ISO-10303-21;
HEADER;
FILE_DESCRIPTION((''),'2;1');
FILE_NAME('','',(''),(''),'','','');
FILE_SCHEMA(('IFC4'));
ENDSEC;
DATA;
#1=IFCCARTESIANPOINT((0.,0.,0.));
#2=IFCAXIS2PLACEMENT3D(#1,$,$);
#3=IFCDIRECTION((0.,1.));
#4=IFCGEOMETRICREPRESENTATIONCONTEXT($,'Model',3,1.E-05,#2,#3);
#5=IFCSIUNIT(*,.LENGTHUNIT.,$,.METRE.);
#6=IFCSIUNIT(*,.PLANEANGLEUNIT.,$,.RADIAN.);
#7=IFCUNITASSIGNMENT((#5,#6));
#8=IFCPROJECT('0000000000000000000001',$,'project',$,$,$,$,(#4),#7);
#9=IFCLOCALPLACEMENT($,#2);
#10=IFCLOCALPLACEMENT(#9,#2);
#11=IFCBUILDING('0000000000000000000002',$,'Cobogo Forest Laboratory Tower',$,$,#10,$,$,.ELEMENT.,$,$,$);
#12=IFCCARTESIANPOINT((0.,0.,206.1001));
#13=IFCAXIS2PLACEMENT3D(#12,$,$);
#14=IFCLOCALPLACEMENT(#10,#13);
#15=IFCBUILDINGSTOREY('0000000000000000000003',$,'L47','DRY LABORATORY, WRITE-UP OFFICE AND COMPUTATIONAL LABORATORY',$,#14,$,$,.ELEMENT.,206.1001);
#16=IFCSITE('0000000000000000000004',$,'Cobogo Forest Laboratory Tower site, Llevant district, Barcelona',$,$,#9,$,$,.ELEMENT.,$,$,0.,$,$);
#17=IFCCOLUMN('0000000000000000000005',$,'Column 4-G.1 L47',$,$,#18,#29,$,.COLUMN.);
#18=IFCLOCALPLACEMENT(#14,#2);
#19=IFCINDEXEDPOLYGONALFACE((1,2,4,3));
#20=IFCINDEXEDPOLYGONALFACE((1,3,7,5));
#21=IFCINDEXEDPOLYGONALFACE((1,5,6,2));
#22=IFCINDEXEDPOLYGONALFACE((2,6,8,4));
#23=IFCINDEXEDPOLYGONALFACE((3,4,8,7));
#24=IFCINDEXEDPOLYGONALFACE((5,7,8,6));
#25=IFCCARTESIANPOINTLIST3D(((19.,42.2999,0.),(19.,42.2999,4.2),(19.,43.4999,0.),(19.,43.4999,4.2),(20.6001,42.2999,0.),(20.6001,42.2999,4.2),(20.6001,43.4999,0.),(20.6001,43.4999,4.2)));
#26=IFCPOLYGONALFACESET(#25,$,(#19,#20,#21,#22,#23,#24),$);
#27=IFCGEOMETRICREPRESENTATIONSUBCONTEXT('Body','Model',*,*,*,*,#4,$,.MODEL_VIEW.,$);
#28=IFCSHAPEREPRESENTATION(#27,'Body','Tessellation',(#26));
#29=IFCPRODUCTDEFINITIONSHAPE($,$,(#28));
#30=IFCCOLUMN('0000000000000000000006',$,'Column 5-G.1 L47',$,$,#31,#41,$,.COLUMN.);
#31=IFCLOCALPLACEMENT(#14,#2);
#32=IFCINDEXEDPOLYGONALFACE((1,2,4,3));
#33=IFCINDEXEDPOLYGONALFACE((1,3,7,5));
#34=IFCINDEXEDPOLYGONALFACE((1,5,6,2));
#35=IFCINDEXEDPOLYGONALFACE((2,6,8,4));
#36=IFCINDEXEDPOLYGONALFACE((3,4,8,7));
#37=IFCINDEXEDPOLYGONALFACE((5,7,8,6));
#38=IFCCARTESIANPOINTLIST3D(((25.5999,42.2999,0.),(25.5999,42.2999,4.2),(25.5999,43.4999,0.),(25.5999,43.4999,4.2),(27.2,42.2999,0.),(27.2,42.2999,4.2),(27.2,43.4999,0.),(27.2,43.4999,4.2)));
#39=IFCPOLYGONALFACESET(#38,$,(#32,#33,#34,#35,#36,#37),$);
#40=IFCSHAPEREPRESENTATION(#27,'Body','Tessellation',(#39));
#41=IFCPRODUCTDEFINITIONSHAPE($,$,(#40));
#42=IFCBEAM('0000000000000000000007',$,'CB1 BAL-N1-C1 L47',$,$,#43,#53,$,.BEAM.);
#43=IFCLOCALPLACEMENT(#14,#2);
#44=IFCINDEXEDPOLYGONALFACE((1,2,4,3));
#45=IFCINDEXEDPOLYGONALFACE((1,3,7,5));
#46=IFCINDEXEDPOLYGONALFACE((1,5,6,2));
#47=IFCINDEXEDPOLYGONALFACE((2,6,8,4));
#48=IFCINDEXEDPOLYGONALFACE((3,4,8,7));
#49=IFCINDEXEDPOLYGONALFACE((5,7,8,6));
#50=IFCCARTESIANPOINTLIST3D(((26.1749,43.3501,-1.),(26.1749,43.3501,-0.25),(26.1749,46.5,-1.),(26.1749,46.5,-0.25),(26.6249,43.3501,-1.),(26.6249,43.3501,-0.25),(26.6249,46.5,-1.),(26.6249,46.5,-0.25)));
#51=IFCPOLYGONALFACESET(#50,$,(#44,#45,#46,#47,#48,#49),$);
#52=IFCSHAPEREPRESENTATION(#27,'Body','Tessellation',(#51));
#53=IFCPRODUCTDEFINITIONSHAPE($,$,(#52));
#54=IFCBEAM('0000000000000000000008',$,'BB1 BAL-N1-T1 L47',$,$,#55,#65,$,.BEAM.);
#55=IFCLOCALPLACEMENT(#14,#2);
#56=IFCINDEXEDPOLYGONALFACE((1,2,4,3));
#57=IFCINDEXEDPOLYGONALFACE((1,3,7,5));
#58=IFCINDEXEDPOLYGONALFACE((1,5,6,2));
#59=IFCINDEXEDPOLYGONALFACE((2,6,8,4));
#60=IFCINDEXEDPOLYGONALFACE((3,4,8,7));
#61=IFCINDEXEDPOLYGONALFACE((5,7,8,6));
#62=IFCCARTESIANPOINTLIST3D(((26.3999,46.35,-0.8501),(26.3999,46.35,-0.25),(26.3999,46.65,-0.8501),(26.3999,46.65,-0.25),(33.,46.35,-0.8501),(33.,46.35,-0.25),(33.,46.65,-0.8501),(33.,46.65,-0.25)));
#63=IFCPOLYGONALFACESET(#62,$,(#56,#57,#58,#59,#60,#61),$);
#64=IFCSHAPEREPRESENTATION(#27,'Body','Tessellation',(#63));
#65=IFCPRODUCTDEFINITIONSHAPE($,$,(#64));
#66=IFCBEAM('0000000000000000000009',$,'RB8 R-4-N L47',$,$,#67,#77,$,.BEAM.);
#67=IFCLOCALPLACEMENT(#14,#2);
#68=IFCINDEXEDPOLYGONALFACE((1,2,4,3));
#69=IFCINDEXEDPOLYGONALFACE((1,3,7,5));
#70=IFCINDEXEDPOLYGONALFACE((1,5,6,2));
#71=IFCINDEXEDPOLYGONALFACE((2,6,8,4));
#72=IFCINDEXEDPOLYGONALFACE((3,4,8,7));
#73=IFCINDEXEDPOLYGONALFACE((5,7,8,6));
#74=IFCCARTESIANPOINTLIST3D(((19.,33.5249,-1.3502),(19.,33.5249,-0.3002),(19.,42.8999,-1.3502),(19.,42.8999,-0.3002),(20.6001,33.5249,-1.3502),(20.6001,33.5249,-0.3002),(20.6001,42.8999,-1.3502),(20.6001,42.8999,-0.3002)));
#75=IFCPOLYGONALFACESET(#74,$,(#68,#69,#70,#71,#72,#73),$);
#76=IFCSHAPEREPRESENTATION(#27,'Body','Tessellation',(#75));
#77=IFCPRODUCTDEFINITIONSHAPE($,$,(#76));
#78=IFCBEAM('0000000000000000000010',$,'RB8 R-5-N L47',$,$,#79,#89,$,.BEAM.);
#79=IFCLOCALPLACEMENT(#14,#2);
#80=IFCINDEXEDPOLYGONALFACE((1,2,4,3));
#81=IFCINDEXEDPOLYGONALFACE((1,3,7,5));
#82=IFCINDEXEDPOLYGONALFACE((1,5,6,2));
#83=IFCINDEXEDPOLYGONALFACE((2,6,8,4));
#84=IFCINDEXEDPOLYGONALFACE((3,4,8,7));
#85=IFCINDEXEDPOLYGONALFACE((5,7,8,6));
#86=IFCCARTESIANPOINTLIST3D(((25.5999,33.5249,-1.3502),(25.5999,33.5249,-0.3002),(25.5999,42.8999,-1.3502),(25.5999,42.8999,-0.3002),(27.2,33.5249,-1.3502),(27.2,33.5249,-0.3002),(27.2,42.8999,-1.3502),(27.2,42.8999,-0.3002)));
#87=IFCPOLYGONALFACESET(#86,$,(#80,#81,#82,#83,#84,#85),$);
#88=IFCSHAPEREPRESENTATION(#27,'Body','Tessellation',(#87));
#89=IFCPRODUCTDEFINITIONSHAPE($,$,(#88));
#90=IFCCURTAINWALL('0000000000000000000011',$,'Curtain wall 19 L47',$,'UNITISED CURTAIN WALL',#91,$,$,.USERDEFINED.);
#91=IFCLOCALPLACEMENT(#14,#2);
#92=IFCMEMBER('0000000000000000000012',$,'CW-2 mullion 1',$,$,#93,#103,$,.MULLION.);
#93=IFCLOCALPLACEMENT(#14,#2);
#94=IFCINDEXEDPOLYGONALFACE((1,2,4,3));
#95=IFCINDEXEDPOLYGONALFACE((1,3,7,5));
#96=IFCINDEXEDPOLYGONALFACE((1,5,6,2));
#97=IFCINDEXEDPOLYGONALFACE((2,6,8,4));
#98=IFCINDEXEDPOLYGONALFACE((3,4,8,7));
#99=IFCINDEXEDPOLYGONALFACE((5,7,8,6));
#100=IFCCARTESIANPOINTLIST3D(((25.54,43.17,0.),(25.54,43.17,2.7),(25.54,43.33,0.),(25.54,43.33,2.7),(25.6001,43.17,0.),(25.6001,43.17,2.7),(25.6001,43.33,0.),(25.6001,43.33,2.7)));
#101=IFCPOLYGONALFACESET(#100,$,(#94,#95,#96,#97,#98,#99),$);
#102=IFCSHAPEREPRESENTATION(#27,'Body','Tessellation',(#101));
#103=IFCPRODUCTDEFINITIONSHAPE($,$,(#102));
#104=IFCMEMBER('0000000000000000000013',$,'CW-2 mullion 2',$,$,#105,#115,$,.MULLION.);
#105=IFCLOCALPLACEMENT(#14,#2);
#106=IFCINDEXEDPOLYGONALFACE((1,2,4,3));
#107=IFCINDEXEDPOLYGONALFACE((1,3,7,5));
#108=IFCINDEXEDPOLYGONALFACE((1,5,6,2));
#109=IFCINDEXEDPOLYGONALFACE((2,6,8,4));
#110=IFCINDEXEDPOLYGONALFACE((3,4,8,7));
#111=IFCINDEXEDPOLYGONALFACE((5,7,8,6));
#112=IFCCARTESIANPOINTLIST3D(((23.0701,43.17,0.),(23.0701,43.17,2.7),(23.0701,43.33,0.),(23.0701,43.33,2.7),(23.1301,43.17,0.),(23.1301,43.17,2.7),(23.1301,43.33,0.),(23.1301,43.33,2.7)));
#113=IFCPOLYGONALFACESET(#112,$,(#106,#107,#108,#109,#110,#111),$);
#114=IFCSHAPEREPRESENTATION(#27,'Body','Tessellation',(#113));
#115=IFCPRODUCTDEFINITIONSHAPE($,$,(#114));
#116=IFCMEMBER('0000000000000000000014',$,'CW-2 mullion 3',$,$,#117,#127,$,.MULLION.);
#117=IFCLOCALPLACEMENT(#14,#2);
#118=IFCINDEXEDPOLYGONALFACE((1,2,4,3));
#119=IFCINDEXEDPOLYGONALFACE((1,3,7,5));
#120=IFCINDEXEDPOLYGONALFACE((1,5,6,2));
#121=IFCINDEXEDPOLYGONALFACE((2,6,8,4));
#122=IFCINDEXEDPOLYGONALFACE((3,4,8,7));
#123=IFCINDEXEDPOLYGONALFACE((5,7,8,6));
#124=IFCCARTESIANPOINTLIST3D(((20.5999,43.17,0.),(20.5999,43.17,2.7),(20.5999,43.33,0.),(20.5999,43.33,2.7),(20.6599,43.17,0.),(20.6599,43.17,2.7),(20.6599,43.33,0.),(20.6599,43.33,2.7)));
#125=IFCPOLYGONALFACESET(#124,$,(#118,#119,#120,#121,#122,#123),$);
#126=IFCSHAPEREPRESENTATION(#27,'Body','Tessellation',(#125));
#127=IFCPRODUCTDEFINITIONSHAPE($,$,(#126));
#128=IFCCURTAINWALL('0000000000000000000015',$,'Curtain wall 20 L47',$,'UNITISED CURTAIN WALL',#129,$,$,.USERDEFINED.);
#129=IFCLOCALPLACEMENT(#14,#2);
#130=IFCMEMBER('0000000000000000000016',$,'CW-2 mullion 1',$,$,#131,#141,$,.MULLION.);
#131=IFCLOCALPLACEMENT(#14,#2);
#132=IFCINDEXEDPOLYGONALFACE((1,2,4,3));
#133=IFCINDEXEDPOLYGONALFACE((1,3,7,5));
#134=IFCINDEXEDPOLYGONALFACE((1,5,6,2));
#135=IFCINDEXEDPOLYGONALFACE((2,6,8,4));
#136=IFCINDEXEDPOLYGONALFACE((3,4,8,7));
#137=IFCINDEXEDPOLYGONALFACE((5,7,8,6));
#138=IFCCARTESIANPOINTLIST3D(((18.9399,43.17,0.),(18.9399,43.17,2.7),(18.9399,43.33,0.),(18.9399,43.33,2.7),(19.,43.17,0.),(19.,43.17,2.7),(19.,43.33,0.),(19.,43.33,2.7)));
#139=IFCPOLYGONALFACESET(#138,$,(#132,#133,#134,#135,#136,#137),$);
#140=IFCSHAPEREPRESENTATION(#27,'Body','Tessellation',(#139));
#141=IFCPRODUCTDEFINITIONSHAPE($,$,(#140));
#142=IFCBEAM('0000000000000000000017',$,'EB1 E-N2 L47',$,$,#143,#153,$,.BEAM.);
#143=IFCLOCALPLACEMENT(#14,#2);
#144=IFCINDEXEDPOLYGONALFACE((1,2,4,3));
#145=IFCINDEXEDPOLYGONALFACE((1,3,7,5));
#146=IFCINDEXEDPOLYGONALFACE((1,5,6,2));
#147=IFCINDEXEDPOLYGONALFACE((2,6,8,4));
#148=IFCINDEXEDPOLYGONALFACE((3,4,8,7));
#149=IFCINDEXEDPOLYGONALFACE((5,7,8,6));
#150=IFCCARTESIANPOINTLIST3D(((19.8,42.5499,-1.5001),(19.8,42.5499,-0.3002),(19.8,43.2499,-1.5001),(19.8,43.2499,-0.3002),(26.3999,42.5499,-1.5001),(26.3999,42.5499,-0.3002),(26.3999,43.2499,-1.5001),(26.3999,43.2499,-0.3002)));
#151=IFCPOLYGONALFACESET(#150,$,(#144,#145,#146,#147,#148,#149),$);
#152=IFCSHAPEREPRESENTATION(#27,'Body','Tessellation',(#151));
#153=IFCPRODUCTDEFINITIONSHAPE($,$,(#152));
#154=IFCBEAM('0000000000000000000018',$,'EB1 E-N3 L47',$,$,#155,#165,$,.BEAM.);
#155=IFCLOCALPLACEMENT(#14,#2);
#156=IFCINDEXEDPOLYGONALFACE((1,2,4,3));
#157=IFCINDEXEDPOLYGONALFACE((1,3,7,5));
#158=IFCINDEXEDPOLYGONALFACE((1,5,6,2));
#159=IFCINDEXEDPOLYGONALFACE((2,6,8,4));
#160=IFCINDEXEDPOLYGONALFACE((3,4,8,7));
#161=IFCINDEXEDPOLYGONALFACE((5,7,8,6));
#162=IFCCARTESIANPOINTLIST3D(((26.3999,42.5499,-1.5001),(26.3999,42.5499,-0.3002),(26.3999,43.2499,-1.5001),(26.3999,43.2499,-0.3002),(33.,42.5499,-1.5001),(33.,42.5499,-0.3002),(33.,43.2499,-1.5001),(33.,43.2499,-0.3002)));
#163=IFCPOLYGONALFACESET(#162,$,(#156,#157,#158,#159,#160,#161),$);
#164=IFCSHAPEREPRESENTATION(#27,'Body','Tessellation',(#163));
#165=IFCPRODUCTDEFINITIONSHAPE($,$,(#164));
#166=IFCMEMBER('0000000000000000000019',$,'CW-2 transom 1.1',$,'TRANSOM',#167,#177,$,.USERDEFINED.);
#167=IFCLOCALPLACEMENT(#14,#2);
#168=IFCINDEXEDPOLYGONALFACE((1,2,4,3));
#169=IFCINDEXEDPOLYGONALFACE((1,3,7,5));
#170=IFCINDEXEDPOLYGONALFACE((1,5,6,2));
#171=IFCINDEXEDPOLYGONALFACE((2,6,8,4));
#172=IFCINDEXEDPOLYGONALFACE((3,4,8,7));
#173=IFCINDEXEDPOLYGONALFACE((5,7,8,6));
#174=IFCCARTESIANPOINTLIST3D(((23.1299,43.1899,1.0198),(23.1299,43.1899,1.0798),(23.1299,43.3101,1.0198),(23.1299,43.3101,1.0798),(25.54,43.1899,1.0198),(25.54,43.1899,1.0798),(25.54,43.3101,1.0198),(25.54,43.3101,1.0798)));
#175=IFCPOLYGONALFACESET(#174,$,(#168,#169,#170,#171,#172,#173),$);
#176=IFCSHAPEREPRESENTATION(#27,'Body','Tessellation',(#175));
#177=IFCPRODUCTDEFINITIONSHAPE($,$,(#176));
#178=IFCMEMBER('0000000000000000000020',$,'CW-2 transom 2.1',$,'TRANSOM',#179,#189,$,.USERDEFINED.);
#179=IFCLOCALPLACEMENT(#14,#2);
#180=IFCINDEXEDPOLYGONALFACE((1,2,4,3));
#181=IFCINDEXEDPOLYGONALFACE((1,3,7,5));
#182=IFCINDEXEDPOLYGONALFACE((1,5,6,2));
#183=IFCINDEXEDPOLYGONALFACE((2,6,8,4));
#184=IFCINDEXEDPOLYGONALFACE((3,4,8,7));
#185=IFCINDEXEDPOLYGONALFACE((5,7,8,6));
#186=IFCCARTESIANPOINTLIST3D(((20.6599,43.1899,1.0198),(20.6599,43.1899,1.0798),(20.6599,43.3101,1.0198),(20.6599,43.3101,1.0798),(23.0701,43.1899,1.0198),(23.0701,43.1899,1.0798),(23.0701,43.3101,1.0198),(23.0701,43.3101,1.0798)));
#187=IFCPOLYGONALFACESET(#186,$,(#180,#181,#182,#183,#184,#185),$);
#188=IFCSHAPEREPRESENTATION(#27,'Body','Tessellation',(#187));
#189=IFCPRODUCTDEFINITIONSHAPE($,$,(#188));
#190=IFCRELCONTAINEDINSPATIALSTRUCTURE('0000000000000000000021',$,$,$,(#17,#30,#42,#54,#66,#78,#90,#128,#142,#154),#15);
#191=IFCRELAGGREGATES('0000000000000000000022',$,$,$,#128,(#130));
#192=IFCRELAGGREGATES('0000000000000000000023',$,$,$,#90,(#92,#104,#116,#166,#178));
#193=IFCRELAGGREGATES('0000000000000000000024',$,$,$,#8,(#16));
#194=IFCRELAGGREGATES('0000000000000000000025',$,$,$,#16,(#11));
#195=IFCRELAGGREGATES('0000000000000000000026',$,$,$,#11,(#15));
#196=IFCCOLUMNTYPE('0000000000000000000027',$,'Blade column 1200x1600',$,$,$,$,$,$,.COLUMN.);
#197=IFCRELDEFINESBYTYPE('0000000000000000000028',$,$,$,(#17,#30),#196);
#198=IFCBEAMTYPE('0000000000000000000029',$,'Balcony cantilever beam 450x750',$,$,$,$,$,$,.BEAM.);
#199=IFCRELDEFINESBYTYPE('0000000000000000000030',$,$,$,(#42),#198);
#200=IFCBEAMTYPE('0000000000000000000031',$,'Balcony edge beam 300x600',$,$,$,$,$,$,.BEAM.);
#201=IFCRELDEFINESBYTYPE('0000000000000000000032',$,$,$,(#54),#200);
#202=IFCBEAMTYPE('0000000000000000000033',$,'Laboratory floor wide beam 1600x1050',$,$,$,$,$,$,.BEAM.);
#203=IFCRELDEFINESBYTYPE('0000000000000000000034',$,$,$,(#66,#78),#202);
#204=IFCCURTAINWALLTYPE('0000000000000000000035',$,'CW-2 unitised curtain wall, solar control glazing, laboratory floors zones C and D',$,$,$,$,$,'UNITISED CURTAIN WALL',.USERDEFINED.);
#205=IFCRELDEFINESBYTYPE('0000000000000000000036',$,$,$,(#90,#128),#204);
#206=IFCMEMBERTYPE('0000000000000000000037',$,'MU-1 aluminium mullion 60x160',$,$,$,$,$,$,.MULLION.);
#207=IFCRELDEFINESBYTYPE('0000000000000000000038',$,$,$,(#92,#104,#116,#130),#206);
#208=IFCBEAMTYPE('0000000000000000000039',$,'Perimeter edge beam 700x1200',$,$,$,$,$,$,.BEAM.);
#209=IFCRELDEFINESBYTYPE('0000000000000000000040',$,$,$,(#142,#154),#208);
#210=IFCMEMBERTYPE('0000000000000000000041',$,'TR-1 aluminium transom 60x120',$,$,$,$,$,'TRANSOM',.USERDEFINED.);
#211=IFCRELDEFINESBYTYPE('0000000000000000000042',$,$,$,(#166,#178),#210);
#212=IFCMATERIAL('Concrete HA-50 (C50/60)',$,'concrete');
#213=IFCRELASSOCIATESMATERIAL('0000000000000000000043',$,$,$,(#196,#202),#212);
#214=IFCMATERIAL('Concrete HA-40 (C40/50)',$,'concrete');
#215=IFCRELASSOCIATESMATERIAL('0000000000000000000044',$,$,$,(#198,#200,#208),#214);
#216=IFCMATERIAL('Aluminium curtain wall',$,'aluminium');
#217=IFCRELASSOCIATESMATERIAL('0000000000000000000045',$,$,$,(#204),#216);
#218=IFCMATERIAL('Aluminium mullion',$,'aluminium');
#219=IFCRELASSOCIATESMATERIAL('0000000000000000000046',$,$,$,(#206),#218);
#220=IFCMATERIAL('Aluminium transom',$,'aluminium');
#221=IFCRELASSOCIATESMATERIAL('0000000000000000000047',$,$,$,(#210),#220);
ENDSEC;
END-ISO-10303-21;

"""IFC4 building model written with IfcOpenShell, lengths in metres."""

from ifc_helpers import new_model, si_unit, direction, frame, origin, origin_2d, place, context, subcontext, project, spatial, rectangle, extrude, material, material_profile, profile_set, type_object, element, aggregate, save


model = new_model("IFC4")

# Units and contexts
model_context = context("Model", 3, precision=1e-05, world=origin(), true_north=direction((0.0, 1.0)))
body_context = subcontext(model_context, "Body", "Model", "MODEL_VIEW")
ifc_project = project(units=[si_unit("LENGTHUNIT", "METRE"), si_unit("PLANEANGLEUNIT", "RADIAN")], contexts=[model_context])

# Site, building, storey
site_placement = place(None, origin())
site = spatial("IfcSite", under=ifc_project, at=site_placement, Name="Cobogo Forest Laboratory Tower site, Llevant district, Barcelona", CompositionType="ELEMENT", RefElevation=0.0)
building_placement = place(site_placement, origin())
building = spatial("IfcBuilding", under=site, at=building_placement, Name="Cobogo Forest Laboratory Tower", CompositionType="ELEMENT")
storey_placement = place(building_placement, frame((0.0, 0.0, 206.1001)))
storey = spatial("IfcBuildingStorey", under=building, at=storey_placement, Name="L47", Description="DRY LABORATORY, WRITE-UP OFFICE AND COMPUTATIONAL LABORATORY", CompositionType="ELEMENT", Elevation=206.1001)

# Columns
ifc_material_1 = material(Name="Concrete HA-50 (C50/60)", Category="concrete")
ifc_material_profile_1 = material_profile(ifc_material_1, rectangle(XDim=1.6001, YDim=1.2, at=origin_2d()), Name="RC 1200x1600")
ifc_profile_set_1 = profile_set([ifc_material_profile_1], Name="Concrete HA-50 (C50/60)")
column_type = type_object("IfcColumnType", Name="Blade column 1200x1600", PredefinedType="COLUMN", material=ifc_profile_set_1)
for number, where, z_axis, x_axis, name in (
    (1, (19.8, 42.8999, 0.0), (0.0, 0.0, 1.0), (1.0, 0.0, 0.0), "Column 4-G.1 L47"),
    (2, (26.3999, 42.8999, 0.0), (0.0, 0.0, 1.0), (1.0, 0.0, 0.0), "Column 5-G.1 L47"),
):
    element("IfcColumn", number, at=place(storey_placement, frame(where, z_axis=z_axis, x_axis=x_axis)), inside=storey, type_object=column_type, Name=name, PredefinedType="COLUMN", context=body_context, shape_type="SweptSolid", body=[
        extrude(rectangle(XDim=1.6001, YDim=1.2, at=origin_2d()), origin(), (0.0, 0.0, 1.0), 4.2),
    ])

# Beams
ifc_material_2 = material(Name="Concrete HA-40 (C40/50)", Category="concrete")
ifc_material_profile_2 = material_profile(ifc_material_2, rectangle(XDim=0.45, YDim=0.75, at=origin_2d()), Name="RC 450x750")
ifc_profile_set_2 = profile_set([ifc_material_profile_2], Name="Concrete HA-40 (C40/50)")
beam_type_1 = type_object("IfcBeamType", Name="Balcony cantilever beam 450x750", PredefinedType="BEAM", material=ifc_profile_set_2)
beam_1_placement = place(storey_placement, frame((26.3999, 43.3501, -0.625), z_axis=(0.0, 1.0, 0.0), x_axis=(-1.0, 0.0, 0.0)))
element("IfcBeam", 3, at=beam_1_placement, inside=storey, type_object=beam_type_1, Name="CB1 BAL-N1-C1 L47", PredefinedType="BEAM", context=body_context, shape_type="SweptSolid", body=[
    extrude(rectangle(XDim=0.45, YDim=0.75, at=origin_2d()), origin(), (0.0, 0.0, 1.0), 3.1499),
])
ifc_material_profile_3 = material_profile(ifc_material_2, rectangle(XDim=0.3, YDim=0.6001, at=origin_2d()), Name="RC 300x600")
ifc_profile_set_3 = profile_set([ifc_material_profile_3], Name="Concrete HA-40 (C40/50)")
beam_type_2 = type_object("IfcBeamType", Name="Balcony edge beam 300x600", PredefinedType="BEAM", material=ifc_profile_set_3)
beam_2_placement = place(storey_placement, frame((26.3999, 46.5, -0.55), z_axis=(1.0, 0.0, 0.0), x_axis=(0.0, 1.0, 0.0)))
element("IfcBeam", 4, at=beam_2_placement, inside=storey, type_object=beam_type_2, Name="BB1 BAL-N1-T1 L47", PredefinedType="BEAM", context=body_context, shape_type="SweptSolid", body=[
    extrude(rectangle(XDim=0.3, YDim=0.6001, at=origin_2d()), origin(), (0.0, 0.0, 1.0), 6.6001),
])
ifc_material_profile_4 = material_profile(ifc_material_1, rectangle(XDim=1.6001, YDim=1.05, at=origin_2d()), Name="RC 1600x1050")
ifc_profile_set_4 = profile_set([ifc_material_profile_4], Name="Concrete HA-50 (C50/60)")
beam_type_3 = type_object("IfcBeamType", Name="Laboratory floor wide beam 1600x1050", PredefinedType="BEAM", material=ifc_profile_set_4)
for number, where, z_axis, x_axis, name in (
    (5, (19.8, 33.5249, -0.8252), (0.0, 1.0, 0.0), (-1.0, 0.0, 0.0), "RB8 R-4-N L47"),
    (6, (26.3999, 33.5249, -0.8252), (0.0, 1.0, 0.0), (-1.0, 0.0, 0.0), "RB8 R-5-N L47"),
):
    element("IfcBeam", number, at=place(storey_placement, frame(where, z_axis=z_axis, x_axis=x_axis)), inside=storey, type_object=beam_type_3, Name=name, PredefinedType="BEAM", context=body_context, shape_type="SweptSolid", body=[
        extrude(rectangle(XDim=1.6001, YDim=1.05, at=origin_2d()), origin(), (0.0, 0.0, 1.0), 9.375),
    ])

# Curtain wall, members
ifc_material_3 = material(Name="Aluminium curtain wall", Category="aluminium")
curtain_wall_type = type_object("IfcCurtainWallType", Name="CW-2 unitised curtain wall, solar control glazing, laboratory floors zones C and D", ElementType="UNITISED CURTAIN WALL", PredefinedType="USERDEFINED", material=ifc_material_3)
curtain_wall_1_placement = place(storey_placement, origin())
curtain_wall_1 = element("IfcCurtainWall", 7, at=curtain_wall_1_placement, inside=storey, type_object=curtain_wall_type, Name="Curtain wall 19 L47", ObjectType="UNITISED CURTAIN WALL", PredefinedType="USERDEFINED")
ifc_material_4 = material(Name="Aluminium mullion", Category="aluminium")
ifc_material_profile_5 = material_profile(ifc_material_4, rectangle(XDim=0.0601, YDim=0.1599, at=origin_2d()), Name="AL 60x160")
ifc_profile_set_5 = profile_set([ifc_material_profile_5], Name="Aluminium mullion")
member_type_1 = type_object("IfcMemberType", Name="MU-1 aluminium mullion 60x160", PredefinedType="MULLION", material=ifc_profile_set_5)
member_1_placement = place(storey_placement, frame((25.5701, 43.25, 0.0), z_axis=(0.0, 0.0, 1.0), x_axis=(-1.0, 0.0, 0.0)))
member_1 = element("IfcMember", 8, at=member_1_placement, type_object=member_type_1, Name="CW-2 mullion 1", PredefinedType="MULLION", context=body_context, shape_type="SweptSolid", body=[
    extrude(rectangle(XDim=0.0601, YDim=0.1599, at=origin_2d()), origin(), (0.0, 0.0, 1.0), 2.7),
])
member_2_placement = place(storey_placement, frame((23.1001, 43.25, 0.0), z_axis=(0.0, 0.0, 1.0), x_axis=(-1.0, 0.0, 0.0)))
member_2 = element("IfcMember", 9, at=member_2_placement, type_object=member_type_1, Name="CW-2 mullion 2", PredefinedType="MULLION", context=body_context, shape_type="SweptSolid", body=[
    extrude(rectangle(XDim=0.0601, YDim=0.1599, at=origin_2d()), origin(), (0.0, 0.0, 1.0), 2.7),
])
member_3_placement = place(storey_placement, frame((20.6299, 43.25, 0.0), z_axis=(0.0, 0.0, 1.0), x_axis=(-1.0, 0.0, 0.0)))
member_3 = element("IfcMember", 10, at=member_3_placement, type_object=member_type_1, Name="CW-2 mullion 3", PredefinedType="MULLION", context=body_context, shape_type="SweptSolid", body=[
    extrude(rectangle(XDim=0.0601, YDim=0.1599, at=origin_2d()), origin(), (0.0, 0.0, 1.0), 2.7),
])

# Curtain wall, member
curtain_wall_2_placement = place(storey_placement, origin())
curtain_wall_2 = element("IfcCurtainWall", 11, at=curtain_wall_2_placement, inside=storey, type_object=curtain_wall_type, Name="Curtain wall 20 L47", ObjectType="UNITISED CURTAIN WALL", PredefinedType="USERDEFINED")
member_4_placement = place(storey_placement, frame((18.97, 43.25, 0.0), z_axis=(0.0, 0.0, 1.0), x_axis=(-1.0, 0.0, 0.0)))
member_4 = element("IfcMember", 12, at=member_4_placement, type_object=member_type_1, Name="CW-2 mullion 1", PredefinedType="MULLION", context=body_context, shape_type="SweptSolid", body=[
    extrude(rectangle(XDim=0.0601, YDim=0.1599, at=origin_2d()), origin(), (0.0, 0.0, 1.0), 2.7),
])
aggregate(curtain_wall_2, [member_4])

# Beams
ifc_material_profile_6 = material_profile(ifc_material_2, rectangle(XDim=0.7, YDim=1.2, at=origin_2d()), Name="RC 700x1200")
ifc_profile_set_6 = profile_set([ifc_material_profile_6], Name="Concrete HA-40 (C40/50)")
beam_type_4 = type_object("IfcBeamType", Name="Perimeter edge beam 700x1200", PredefinedType="BEAM", material=ifc_profile_set_6)
beam_3_placement = place(storey_placement, frame((19.8, 42.8999, -0.9001), z_axis=(1.0, 0.0, 0.0), x_axis=(0.0, 1.0, 0.0)))
element("IfcBeam", 13, at=beam_3_placement, inside=storey, type_object=beam_type_4, Name="EB1 E-N2 L47", PredefinedType="BEAM", context=body_context, shape_type="SweptSolid", body=[
    extrude(rectangle(XDim=0.7, YDim=1.2, at=origin_2d()), origin(), (0.0, 0.0, 1.0), 6.5999),
])
beam_4_placement = place(storey_placement, frame((26.3999, 42.8999, -0.9001), z_axis=(1.0, 0.0, 0.0), x_axis=(0.0, 1.0, 0.0)))
element("IfcBeam", 14, at=beam_4_placement, inside=storey, type_object=beam_type_4, Name="EB1 E-N3 L47", PredefinedType="BEAM", context=body_context, shape_type="SweptSolid", body=[
    extrude(rectangle(XDim=0.7, YDim=1.2, at=origin_2d()), origin(), (0.0, 0.0, 1.0), 6.6001),
])

# Members
ifc_material_5 = material(Name="Aluminium transom", Category="aluminium")
ifc_material_profile_7 = material_profile(ifc_material_5, rectangle(XDim=0.1201, YDim=0.0601, at=origin_2d()), Name="AL 60x120")
ifc_profile_set_7 = profile_set([ifc_material_profile_7], Name="Aluminium transom")
member_type_2 = type_object("IfcMemberType", Name="TR-1 aluminium transom 60x120", ElementType="TRANSOM", PredefinedType="USERDEFINED", material=ifc_profile_set_7)
member_5_placement = place(storey_placement, frame((25.54, 43.25, 1.0498), z_axis=(-1.0, 0.0, 0.0), x_axis=(0.0, -1.0, 0.0)))
member_5 = element("IfcMember", 15, at=member_5_placement, type_object=member_type_2, Name="CW-2 transom 1.1", ObjectType="TRANSOM", PredefinedType="USERDEFINED", context=body_context, shape_type="SweptSolid", body=[
    extrude(rectangle(XDim=0.1201, YDim=0.0601, at=origin_2d()), origin(), (0.0, 0.0, 1.0), 2.4102),
])
member_6_placement = place(storey_placement, frame((23.0701, 43.25, 1.0498), z_axis=(-1.0, 0.0, 0.0), x_axis=(0.0, -1.0, 0.0)))
member_6 = element("IfcMember", 16, at=member_6_placement, type_object=member_type_2, Name="CW-2 transom 2.1", ObjectType="TRANSOM", PredefinedType="USERDEFINED", context=body_context, shape_type="SweptSolid", body=[
    extrude(rectangle(XDim=0.1201, YDim=0.0601, at=origin_2d()), origin(), (0.0, 0.0, 1.0), 2.4102),
])

aggregate(curtain_wall_1, [member_1, member_2, member_3, member_5, member_6])

save(model, "model.ifc")
